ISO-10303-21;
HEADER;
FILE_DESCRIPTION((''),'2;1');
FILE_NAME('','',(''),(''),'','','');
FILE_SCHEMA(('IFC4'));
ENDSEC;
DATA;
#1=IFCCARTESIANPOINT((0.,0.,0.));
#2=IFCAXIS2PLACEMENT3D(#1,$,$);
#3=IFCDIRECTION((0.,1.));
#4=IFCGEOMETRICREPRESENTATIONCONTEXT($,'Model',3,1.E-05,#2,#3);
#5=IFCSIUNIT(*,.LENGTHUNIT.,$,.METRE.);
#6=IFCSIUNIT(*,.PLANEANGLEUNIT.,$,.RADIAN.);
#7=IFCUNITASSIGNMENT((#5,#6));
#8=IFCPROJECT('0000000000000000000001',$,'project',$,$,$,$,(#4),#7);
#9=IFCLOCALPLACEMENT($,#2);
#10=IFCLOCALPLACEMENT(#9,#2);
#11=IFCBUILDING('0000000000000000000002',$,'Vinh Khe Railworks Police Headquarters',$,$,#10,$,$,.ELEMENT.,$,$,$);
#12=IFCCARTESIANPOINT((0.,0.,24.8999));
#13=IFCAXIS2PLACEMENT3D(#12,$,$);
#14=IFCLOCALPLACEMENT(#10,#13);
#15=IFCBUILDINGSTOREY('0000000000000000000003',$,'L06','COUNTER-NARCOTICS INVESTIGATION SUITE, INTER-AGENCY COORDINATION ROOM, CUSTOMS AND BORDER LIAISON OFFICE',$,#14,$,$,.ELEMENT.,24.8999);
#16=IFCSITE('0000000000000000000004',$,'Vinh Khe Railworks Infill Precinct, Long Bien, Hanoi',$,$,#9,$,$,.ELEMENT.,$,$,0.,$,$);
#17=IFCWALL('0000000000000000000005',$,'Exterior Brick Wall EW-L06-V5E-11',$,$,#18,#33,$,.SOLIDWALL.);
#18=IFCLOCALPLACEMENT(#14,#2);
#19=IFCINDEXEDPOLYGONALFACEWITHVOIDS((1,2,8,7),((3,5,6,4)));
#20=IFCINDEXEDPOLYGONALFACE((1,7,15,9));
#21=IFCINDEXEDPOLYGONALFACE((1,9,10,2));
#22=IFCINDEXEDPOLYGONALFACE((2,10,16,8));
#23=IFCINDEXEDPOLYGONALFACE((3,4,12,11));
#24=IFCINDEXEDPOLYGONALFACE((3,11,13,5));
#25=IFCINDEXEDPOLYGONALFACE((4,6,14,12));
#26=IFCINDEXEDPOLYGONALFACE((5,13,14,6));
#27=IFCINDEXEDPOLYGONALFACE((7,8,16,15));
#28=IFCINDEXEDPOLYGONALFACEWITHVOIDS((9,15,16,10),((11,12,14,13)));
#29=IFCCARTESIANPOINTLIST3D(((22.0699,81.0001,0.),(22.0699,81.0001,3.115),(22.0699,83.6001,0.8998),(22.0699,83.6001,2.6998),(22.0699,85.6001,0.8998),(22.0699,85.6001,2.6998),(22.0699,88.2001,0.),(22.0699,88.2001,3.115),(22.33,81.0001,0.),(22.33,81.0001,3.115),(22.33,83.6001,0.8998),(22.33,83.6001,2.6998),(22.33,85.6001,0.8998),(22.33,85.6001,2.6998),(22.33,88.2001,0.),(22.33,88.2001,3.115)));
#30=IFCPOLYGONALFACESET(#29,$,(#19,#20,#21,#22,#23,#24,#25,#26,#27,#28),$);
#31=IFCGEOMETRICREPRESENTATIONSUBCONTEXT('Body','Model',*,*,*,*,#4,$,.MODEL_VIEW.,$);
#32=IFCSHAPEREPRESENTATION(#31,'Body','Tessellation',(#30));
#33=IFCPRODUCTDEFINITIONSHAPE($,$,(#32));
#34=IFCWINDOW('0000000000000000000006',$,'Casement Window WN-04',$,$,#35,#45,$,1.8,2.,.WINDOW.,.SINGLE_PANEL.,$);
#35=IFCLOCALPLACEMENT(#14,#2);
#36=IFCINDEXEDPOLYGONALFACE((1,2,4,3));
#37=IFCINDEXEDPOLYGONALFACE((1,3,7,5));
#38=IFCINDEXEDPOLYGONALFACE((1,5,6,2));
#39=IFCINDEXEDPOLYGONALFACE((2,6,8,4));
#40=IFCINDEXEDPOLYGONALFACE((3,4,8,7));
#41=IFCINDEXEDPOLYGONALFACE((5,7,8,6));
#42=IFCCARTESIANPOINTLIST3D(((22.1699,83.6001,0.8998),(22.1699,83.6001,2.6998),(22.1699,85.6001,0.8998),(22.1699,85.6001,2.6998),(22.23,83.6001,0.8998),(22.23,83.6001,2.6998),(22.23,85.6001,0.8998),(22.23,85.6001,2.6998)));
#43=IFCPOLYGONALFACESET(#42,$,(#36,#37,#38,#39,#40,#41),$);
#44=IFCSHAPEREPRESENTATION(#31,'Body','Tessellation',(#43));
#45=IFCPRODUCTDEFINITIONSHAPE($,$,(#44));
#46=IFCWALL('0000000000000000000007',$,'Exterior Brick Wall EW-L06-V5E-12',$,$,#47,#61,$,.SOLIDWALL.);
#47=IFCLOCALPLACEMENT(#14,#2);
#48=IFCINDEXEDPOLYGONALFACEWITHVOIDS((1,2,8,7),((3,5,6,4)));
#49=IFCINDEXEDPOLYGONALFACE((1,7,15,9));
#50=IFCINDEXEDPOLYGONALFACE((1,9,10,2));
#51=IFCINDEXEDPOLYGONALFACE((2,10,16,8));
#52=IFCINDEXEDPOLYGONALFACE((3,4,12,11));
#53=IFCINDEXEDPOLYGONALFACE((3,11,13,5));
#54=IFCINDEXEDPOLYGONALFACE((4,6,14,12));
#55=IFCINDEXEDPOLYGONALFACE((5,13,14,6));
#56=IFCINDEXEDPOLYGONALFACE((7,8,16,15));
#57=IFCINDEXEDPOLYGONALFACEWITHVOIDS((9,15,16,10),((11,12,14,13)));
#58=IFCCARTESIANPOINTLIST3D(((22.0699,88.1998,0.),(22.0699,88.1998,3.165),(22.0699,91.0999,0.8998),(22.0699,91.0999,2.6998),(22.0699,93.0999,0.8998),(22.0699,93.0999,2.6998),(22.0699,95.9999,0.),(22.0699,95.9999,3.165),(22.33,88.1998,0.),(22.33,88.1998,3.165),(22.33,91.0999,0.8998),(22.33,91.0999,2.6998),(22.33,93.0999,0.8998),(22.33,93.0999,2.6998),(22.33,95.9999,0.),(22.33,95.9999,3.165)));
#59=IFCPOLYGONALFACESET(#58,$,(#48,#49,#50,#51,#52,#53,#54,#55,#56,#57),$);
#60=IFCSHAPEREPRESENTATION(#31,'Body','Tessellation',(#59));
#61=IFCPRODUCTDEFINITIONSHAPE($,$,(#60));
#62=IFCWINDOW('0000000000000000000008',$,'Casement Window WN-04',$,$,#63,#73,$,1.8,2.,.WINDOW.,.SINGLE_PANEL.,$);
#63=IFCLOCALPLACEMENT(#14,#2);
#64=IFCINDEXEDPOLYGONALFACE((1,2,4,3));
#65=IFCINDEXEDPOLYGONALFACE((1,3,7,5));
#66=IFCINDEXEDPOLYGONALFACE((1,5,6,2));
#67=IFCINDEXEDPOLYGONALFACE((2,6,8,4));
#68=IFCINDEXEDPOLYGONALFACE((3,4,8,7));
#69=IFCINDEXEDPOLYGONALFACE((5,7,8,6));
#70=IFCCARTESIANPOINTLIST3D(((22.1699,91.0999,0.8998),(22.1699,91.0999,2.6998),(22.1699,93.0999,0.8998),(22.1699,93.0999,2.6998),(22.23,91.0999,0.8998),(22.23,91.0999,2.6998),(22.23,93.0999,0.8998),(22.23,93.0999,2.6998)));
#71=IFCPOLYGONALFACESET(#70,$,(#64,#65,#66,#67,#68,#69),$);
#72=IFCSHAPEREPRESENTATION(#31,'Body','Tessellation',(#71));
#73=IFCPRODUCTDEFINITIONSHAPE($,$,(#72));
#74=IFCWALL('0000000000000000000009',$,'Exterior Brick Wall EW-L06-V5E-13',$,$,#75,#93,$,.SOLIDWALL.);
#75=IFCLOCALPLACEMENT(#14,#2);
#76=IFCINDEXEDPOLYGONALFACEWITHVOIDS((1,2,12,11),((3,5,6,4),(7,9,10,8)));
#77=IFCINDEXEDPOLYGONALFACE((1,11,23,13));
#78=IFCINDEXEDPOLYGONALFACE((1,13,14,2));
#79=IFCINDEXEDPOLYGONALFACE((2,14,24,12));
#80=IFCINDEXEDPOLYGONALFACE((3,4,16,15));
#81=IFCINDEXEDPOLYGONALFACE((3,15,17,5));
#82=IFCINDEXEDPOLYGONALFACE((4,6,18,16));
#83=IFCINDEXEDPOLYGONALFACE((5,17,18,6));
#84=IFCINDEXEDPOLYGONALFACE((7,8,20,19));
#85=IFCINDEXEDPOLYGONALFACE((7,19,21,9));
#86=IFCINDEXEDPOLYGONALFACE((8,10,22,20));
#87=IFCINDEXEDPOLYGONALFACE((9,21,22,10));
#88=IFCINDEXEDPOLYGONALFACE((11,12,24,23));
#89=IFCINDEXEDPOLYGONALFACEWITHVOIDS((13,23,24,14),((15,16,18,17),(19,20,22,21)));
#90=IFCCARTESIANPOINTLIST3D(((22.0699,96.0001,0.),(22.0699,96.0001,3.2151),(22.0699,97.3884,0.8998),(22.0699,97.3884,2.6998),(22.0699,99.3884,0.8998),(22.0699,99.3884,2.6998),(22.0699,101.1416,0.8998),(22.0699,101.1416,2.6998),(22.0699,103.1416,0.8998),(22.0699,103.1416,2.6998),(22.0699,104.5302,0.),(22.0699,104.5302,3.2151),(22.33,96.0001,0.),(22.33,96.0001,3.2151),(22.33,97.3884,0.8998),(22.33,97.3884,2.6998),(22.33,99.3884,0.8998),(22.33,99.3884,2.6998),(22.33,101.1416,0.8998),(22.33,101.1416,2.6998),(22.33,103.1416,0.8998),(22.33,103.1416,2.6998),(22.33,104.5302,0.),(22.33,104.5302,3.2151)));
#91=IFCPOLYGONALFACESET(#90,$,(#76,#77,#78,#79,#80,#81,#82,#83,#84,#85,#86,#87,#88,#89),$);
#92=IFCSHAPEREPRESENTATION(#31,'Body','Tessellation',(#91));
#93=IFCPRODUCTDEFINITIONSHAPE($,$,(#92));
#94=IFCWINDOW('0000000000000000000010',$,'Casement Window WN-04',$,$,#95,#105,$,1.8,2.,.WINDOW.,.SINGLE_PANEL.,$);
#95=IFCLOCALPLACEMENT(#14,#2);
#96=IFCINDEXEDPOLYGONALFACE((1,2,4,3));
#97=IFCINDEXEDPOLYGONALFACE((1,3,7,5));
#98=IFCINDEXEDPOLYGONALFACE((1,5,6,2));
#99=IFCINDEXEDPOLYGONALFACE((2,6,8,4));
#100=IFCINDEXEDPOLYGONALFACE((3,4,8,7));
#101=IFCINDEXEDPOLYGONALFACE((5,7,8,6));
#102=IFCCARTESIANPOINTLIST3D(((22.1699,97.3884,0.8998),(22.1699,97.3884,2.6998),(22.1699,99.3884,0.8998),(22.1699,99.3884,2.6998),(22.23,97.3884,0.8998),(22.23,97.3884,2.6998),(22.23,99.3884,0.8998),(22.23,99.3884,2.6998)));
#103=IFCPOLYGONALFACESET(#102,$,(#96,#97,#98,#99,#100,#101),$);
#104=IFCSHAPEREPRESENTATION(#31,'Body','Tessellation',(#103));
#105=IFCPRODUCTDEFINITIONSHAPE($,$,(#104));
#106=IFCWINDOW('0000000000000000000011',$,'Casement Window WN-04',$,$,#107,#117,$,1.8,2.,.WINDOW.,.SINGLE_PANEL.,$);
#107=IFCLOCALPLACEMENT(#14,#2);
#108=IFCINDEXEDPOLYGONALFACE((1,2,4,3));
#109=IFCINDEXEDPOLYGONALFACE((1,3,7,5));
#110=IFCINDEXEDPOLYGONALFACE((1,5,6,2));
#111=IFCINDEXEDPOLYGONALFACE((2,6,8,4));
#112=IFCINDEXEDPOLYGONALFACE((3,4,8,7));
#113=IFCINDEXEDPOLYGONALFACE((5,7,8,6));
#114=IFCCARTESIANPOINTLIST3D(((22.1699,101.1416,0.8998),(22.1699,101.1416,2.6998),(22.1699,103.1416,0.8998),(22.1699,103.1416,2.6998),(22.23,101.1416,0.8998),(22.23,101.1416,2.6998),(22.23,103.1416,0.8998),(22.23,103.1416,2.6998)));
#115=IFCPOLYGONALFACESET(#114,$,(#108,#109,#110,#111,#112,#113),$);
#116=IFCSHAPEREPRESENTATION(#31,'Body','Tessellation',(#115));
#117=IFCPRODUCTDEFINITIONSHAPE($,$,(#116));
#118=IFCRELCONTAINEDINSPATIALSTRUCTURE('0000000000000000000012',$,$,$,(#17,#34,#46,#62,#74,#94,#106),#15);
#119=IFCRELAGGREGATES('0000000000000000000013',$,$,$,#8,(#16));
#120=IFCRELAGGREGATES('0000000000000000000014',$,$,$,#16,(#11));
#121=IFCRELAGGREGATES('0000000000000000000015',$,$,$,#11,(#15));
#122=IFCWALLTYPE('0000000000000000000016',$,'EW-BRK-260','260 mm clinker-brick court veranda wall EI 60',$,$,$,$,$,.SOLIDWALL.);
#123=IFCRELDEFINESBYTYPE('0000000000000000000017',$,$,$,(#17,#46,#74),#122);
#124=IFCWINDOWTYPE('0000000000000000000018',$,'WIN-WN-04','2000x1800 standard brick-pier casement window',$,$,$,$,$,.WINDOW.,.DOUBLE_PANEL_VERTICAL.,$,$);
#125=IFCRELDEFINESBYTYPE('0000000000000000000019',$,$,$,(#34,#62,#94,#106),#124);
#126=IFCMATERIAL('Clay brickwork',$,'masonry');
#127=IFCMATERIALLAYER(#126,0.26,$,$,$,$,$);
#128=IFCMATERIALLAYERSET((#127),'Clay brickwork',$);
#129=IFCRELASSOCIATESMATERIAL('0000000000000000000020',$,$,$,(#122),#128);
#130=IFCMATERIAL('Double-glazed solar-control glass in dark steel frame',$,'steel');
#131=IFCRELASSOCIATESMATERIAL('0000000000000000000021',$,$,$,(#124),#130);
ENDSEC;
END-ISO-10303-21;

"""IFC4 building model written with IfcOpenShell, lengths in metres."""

from ifc_helpers import new_model, si_unit, direction, frame, frame_2d, origin, place, context, subcontext, project, spatial, rectangle, extrude, material, layer, layer_set, type_object, element, fill, save


model = new_model("IFC4")

# Units and contexts
model_context = context("Model", 3, precision=1e-05, world=origin(), true_north=direction((0.0, 1.0)))
body_context = subcontext(model_context, "Body", "Model", "MODEL_VIEW")
ifc_project = project(units=[si_unit("LENGTHUNIT", "METRE"), si_unit("PLANEANGLEUNIT", "RADIAN")], contexts=[model_context])

# Site, building, storey
site_placement = place(None, origin())
site = spatial("IfcSite", under=ifc_project, at=site_placement, Name="Vinh Khe Railworks Infill Precinct, Long Bien, Hanoi", CompositionType="ELEMENT", RefElevation=0.0)
building_placement = place(site_placement, origin())
building = spatial("IfcBuilding", under=site, at=building_placement, Name="Vinh Khe Railworks Police Headquarters", CompositionType="ELEMENT")
storey_placement = place(building_placement, frame((0.0, 0.0, 24.8999)))
storey = spatial("IfcBuildingStorey", under=building, at=storey_placement, Name="L06", Description="COUNTER-NARCOTICS INVESTIGATION SUITE, INTER-AGENCY COORDINATION ROOM, CUSTOMS AND BORDER LIAISON OFFICE", CompositionType="ELEMENT", Elevation=24.8999)

# Walls, openings, windows
ifc_material_1 = material(Name="Clay brickwork", Category="masonry")
ifc_layer = layer(ifc_material_1, 0.26)
ifc_layer_set = layer_set([ifc_layer], Name="Clay brickwork")
wall_type = type_object("IfcWallType", Name="EW-BRK-260", Description="260 mm clinker-brick court veranda wall EI 60", PredefinedType="SOLIDWALL", material=ifc_layer_set)
ifc_material_2 = material(Name="Double-glazed solar-control glass in dark steel frame", Category="steel")
window_type = type_object("IfcWindowType", Name="WIN-WN-04", Description="2000x1800 standard brick-pier casement window", PartitioningType="DOUBLE_PANEL_VERTICAL", PredefinedType="WINDOW", material=ifc_material_2)
wall_1_placement = place(storey_placement, frame((22.2, 81.0, 0.0), z_axis=(0.0, 0.0, 1.0), x_axis=(0.0, 1.0, 0.0)))
wall_1 = element("IfcWall", 1, at=wall_1_placement, inside=storey, type_object=wall_type, Name="Exterior Brick Wall EW-L06-V5E-11", PredefinedType="SOLIDWALL", context=body_context, shape_type="SweptSolid", body=[
    extrude(rectangle(XDim=7.2, YDim=0.26, at=frame_2d((3.6001, 0.0))), origin(), (0.0, 0.0, 1.0), 3.115),
])
opening_1_placement = place(wall_1_placement, frame((2.6001, 0.0, 0.8999)))
opening_1 = element("IfcOpeningElement", 2, at=opening_1_placement, cuts=wall_1, PredefinedType="OPENING", context=body_context, shape_type="SweptSolid", body=[
    extrude(rectangle(XDim=2.0, YDim=1.8, at=frame_2d((1.0, 0.8999))), frame((0.0, 0.145, 0.0), z_axis=(0.0, -1.0, 0.0), x_axis=(1.0, 0.0, 0.0)), (0.0, 0.0, 1.0), 0.2898),
])
window_1_placement = place(opening_1_placement, origin())
window_1 = element("IfcWindow", 3, at=window_1_placement, inside=storey, type_object=window_type, Name="Casement Window WN-04", OverallHeight=1.8, OverallWidth=2.0, PartitioningType="SINGLE_PANEL", PredefinedType="WINDOW", context=body_context, shape_type="SweptSolid", body=[
    extrude(rectangle(XDim=2.0, YDim=1.8, at=frame_2d((1.0, 0.8999))), frame((0.0, 0.03, 0.0), z_axis=(0.0, -1.0, 0.0), x_axis=(1.0, 0.0, 0.0)), (0.0, 0.0, 1.0), 0.0601),
])
fill(opening_1, window_1)
wall_2_placement = place(storey_placement, frame((22.2, 88.2, 0.0), z_axis=(0.0, 0.0, 1.0), x_axis=(0.0, 1.0, 0.0)))
wall_2 = element("IfcWall", 4, at=wall_2_placement, inside=storey, type_object=wall_type, Name="Exterior Brick Wall EW-L06-V5E-12", PredefinedType="SOLIDWALL", context=body_context, shape_type="SweptSolid", body=[
    extrude(rectangle(XDim=7.8, YDim=0.26, at=frame_2d((3.8999, 0.0))), origin(), (0.0, 0.0, 1.0), 3.165),
])
opening_2_placement = place(wall_2_placement, frame((2.8999, 0.0, 0.8999)))
opening_2 = element("IfcOpeningElement", 5, at=opening_2_placement, cuts=wall_2, PredefinedType="OPENING", context=body_context, shape_type="SweptSolid", body=[
    extrude(rectangle(XDim=2.0, YDim=1.8, at=frame_2d((1.0, 0.8999))), frame((0.0, 0.145, 0.0), z_axis=(0.0, -1.0, 0.0), x_axis=(1.0, 0.0, 0.0)), (0.0, 0.0, 1.0), 0.2898),
])
window_2_placement = place(opening_2_placement, origin())
window_2 = element("IfcWindow", 6, at=window_2_placement, inside=storey, type_object=window_type, Name="Casement Window WN-04", OverallHeight=1.8, OverallWidth=2.0, PartitioningType="SINGLE_PANEL", PredefinedType="WINDOW", context=body_context, shape_type="SweptSolid", body=[
    extrude(rectangle(XDim=2.0, YDim=1.8, at=frame_2d((1.0, 0.8999))), frame((0.0, 0.03, 0.0), z_axis=(0.0, -1.0, 0.0), x_axis=(1.0, 0.0, 0.0)), (0.0, 0.0, 1.0), 0.0601),
])
fill(opening_2, window_2)

# Wall, openings, windows
wall_3_placement = place(storey_placement, frame((22.2, 96.0, 0.0), z_axis=(0.0, 0.0, 1.0), x_axis=(0.0, 1.0, 0.0)))
wall_3 = element("IfcWall", 7, at=wall_3_placement, inside=storey, type_object=wall_type, Name="Exterior Brick Wall EW-L06-V5E-13", PredefinedType="SOLIDWALL", context=body_context, shape_type="SweptSolid", body=[
    extrude(rectangle(XDim=8.53, YDim=0.26, at=frame_2d((4.2651, 0.0))), origin(), (0.0, 0.0, 1.0), 3.2151),
])
opening_3_placement = place(wall_3_placement, frame((1.3884, 0.0, 0.8999)))
opening_3 = element("IfcOpeningElement", 8, at=opening_3_placement, cuts=wall_3, PredefinedType="OPENING", context=body_context, shape_type="SweptSolid", body=[
    extrude(rectangle(XDim=2.0, YDim=1.8, at=frame_2d((1.0, 0.8999))), frame((0.0, 0.145, 0.0), z_axis=(0.0, -1.0, 0.0), x_axis=(1.0, 0.0, 0.0)), (0.0, 0.0, 1.0), 0.2898),
])
opening_4_placement = place(wall_3_placement, frame((5.1416, 0.0, 0.8999)))
opening_4 = element("IfcOpeningElement", 9, at=opening_4_placement, cuts=wall_3, PredefinedType="OPENING", context=body_context, shape_type="SweptSolid", body=[
    extrude(rectangle(XDim=2.0, YDim=1.8, at=frame_2d((1.0, 0.8999))), frame((0.0, 0.145, 0.0), z_axis=(0.0, -1.0, 0.0), x_axis=(1.0, 0.0, 0.0)), (0.0, 0.0, 1.0), 0.2898),
])
window_3_placement = place(opening_3_placement, origin())
window_3 = element("IfcWindow", 10, at=window_3_placement, inside=storey, type_object=window_type, Name="Casement Window WN-04", OverallHeight=1.8, OverallWidth=2.0, PartitioningType="SINGLE_PANEL", PredefinedType="WINDOW", context=body_context, shape_type="SweptSolid", body=[
    extrude(rectangle(XDim=2.0, YDim=1.8, at=frame_2d((1.0, 0.8999))), frame((0.0, 0.03, 0.0), z_axis=(0.0, -1.0, 0.0), x_axis=(1.0, 0.0, 0.0)), (0.0, 0.0, 1.0), 0.0601),
])
fill(opening_3, window_3)
window_4_placement = place(opening_4_placement, origin())
window_4 = element("IfcWindow", 11, at=window_4_placement, inside=storey, type_object=window_type, Name="Casement Window WN-04", OverallHeight=1.8, OverallWidth=2.0, PartitioningType="SINGLE_PANEL", PredefinedType="WINDOW", context=body_context, shape_type="SweptSolid", body=[
    extrude(rectangle(XDim=2.0, YDim=1.8, at=frame_2d((1.0, 0.8999))), frame((0.0, 0.03, 0.0), z_axis=(0.0, -1.0, 0.0), x_axis=(1.0, 0.0, 0.0)), (0.0, 0.0, 1.0), 0.0601),
])
fill(opening_4, window_4)

save(model, "model.ifc")
